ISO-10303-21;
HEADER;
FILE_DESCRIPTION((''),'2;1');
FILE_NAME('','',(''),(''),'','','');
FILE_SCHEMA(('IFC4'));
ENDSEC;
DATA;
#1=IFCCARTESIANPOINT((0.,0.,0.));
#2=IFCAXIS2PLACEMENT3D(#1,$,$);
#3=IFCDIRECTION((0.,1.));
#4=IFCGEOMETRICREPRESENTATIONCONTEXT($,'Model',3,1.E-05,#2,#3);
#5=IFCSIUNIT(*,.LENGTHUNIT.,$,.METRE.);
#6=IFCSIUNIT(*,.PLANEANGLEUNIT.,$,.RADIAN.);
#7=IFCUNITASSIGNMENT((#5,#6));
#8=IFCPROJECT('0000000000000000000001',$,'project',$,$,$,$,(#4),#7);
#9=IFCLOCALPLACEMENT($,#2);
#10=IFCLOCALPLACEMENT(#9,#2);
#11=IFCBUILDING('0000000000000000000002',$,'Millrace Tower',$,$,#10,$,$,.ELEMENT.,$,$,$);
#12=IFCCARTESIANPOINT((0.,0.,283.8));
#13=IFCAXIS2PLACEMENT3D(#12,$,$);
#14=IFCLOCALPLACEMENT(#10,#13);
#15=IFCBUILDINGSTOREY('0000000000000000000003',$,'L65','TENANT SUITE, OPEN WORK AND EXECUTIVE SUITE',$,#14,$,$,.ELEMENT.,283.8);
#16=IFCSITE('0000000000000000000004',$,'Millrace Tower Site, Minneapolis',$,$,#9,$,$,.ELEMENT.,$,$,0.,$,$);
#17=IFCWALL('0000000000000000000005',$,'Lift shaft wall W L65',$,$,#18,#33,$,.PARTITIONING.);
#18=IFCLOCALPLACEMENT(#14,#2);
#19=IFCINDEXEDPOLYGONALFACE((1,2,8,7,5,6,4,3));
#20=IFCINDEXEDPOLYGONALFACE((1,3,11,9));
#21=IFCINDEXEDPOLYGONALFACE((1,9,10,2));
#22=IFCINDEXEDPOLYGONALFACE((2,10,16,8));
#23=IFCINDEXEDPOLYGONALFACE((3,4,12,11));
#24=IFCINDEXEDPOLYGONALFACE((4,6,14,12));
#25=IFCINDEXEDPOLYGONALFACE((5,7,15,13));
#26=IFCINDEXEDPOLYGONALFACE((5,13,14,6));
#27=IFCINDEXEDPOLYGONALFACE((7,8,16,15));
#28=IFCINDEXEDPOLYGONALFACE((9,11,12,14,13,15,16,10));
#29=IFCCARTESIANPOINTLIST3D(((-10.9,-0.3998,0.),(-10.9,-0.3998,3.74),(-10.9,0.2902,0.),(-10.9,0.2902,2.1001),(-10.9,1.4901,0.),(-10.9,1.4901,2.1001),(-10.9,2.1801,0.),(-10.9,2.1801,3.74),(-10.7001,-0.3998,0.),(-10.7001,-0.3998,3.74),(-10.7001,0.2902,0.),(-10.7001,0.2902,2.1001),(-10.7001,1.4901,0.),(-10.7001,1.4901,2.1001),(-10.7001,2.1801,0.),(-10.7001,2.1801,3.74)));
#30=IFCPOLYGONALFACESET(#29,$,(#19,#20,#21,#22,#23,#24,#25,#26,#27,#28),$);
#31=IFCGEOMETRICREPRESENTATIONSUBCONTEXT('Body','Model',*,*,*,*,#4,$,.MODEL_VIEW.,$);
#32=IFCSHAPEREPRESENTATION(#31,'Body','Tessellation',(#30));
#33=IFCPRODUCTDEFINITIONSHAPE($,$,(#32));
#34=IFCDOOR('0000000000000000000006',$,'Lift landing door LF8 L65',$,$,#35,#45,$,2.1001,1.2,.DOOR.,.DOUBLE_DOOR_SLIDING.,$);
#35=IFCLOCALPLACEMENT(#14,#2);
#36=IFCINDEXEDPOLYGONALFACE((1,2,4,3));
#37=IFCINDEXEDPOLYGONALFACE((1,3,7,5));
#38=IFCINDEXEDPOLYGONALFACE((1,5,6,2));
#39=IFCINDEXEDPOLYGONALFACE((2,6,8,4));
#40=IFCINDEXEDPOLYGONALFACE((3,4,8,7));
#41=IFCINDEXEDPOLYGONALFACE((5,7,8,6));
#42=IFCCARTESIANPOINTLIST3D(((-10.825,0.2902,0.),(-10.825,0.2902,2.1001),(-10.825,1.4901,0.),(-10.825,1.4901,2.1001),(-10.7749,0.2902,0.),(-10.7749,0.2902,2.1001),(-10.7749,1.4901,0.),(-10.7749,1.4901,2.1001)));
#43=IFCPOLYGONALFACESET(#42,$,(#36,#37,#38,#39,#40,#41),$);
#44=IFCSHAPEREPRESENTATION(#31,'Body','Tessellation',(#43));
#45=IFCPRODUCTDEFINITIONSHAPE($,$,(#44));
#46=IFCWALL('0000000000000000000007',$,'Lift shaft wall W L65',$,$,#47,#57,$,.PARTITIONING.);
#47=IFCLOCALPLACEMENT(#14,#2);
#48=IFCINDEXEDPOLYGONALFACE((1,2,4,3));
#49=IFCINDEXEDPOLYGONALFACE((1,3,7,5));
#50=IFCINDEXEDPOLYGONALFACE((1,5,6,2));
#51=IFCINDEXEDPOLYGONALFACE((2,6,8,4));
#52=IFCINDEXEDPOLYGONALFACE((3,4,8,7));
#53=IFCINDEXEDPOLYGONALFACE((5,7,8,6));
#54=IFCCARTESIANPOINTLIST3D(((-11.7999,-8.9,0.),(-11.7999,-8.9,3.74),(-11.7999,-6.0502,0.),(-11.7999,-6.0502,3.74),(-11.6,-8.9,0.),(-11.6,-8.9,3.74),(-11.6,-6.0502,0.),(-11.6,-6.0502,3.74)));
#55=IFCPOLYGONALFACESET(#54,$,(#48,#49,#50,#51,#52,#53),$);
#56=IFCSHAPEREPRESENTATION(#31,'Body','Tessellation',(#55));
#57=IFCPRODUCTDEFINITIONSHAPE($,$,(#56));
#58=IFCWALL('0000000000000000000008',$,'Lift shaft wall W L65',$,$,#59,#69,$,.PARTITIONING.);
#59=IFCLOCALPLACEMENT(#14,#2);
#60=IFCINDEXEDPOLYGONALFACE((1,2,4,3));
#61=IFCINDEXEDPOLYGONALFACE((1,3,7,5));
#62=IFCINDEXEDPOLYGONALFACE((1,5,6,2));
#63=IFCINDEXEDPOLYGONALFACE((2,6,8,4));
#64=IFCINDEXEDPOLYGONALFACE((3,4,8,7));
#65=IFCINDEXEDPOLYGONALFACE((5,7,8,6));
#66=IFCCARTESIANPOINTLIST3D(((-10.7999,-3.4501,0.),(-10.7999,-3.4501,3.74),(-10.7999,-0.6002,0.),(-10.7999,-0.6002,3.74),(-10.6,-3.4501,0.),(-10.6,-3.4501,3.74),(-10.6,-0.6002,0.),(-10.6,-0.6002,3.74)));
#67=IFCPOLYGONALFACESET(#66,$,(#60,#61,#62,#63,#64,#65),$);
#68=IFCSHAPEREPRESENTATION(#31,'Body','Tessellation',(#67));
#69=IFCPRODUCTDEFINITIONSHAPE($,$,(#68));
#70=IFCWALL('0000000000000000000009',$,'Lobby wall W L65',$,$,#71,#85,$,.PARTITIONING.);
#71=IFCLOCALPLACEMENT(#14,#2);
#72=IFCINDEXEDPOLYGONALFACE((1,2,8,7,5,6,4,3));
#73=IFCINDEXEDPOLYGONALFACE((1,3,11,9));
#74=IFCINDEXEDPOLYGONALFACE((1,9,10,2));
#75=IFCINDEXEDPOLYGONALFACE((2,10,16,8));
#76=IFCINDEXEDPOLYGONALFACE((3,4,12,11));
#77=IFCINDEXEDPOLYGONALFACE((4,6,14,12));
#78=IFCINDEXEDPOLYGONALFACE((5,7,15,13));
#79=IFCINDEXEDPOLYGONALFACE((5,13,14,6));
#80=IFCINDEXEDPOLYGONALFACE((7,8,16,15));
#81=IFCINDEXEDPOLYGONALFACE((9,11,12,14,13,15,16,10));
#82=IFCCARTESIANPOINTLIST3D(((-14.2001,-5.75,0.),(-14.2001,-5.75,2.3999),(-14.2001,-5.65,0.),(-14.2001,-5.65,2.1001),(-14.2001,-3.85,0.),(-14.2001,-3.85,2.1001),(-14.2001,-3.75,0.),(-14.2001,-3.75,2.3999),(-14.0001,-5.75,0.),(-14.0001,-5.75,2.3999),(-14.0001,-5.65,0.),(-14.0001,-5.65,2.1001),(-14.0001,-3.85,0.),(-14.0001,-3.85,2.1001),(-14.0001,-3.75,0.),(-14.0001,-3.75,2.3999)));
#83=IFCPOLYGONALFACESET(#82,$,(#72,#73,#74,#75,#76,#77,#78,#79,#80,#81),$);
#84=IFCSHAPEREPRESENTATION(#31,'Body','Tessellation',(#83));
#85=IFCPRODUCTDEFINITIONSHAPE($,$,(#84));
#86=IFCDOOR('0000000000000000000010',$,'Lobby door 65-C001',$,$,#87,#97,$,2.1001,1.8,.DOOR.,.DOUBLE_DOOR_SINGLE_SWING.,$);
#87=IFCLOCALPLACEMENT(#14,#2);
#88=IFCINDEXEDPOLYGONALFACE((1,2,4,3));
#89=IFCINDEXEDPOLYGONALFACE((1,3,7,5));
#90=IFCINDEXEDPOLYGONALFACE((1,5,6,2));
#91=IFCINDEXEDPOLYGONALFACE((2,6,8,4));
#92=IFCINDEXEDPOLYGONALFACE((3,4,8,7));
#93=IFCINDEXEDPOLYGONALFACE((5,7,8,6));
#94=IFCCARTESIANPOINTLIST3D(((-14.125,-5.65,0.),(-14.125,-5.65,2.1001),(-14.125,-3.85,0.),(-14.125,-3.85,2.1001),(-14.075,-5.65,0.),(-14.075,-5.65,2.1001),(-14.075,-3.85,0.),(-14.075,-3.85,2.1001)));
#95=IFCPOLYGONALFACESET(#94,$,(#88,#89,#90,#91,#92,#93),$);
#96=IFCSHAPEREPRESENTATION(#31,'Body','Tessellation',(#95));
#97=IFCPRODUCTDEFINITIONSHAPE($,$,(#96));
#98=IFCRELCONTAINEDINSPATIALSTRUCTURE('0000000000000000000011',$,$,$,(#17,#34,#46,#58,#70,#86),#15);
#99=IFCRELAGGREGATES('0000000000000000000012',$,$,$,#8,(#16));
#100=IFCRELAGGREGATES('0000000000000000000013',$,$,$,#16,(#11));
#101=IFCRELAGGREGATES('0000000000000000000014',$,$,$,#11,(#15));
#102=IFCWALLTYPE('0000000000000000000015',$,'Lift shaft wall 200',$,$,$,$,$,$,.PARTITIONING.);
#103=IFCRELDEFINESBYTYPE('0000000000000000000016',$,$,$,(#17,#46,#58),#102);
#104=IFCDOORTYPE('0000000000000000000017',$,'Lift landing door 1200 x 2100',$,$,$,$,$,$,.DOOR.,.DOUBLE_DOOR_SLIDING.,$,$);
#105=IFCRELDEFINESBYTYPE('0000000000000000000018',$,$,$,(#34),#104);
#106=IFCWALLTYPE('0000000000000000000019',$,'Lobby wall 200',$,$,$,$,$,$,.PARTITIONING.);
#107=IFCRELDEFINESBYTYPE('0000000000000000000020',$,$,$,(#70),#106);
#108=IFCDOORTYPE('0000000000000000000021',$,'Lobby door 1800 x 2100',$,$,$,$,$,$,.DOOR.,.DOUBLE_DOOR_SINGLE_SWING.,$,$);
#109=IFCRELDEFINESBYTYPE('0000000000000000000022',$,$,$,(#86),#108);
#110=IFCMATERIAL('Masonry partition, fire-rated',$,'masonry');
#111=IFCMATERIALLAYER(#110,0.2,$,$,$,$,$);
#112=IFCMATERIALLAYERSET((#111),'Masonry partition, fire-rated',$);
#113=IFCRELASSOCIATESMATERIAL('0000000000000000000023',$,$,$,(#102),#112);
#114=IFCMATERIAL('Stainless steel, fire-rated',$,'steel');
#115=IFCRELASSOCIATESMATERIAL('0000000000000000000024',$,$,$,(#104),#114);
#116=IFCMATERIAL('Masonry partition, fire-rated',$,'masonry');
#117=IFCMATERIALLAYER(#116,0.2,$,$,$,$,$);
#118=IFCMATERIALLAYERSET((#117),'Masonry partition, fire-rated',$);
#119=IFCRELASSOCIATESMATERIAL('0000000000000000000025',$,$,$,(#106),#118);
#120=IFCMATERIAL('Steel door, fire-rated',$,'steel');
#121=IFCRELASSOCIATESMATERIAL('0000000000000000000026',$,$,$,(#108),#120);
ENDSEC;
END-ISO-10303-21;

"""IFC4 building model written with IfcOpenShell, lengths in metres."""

from ifc_helpers import new_model, si_unit, direction, frame, frame_2d, origin, place, context, subcontext, project, spatial, rectangle, extrude, material, layer, layer_set, type_object, element, fill, save


model = new_model("IFC4")

# Units and contexts
model_context = context("Model", 3, precision=1e-05, world=origin(), true_north=direction((0.0, 1.0)))
body_context = subcontext(model_context, "Body", "Model", "MODEL_VIEW")
ifc_project = project(units=[si_unit("LENGTHUNIT", "METRE"), si_unit("PLANEANGLEUNIT", "RADIAN")], contexts=[model_context])

# Site, building, storey
site_placement = place(None, origin())
site = spatial("IfcSite", under=ifc_project, at=site_placement, Name="Millrace Tower Site, Minneapolis", CompositionType="ELEMENT", RefElevation=0.0)
building_placement = place(site_placement, origin())
building = spatial("IfcBuilding", under=site, at=building_placement, Name="Millrace Tower", CompositionType="ELEMENT")
storey_placement = place(building_placement, frame((0.0, 0.0, 283.8)))
storey = spatial("IfcBuildingStorey", under=building, at=storey_placement, Name="L65", Description="TENANT SUITE, OPEN WORK AND EXECUTIVE SUITE", CompositionType="ELEMENT", Elevation=283.8)

# Shared definitions
ifc_material_1 = material(Name="Masonry partition, fire-rated", Category="masonry")
ifc_layer_1 = layer(ifc_material_1, 0.2)
ifc_layer_set_1 = layer_set([ifc_layer_1], Name="Masonry partition, fire-rated")
wall_type_1 = type_object("IfcWallType", Name="Lift shaft wall 200", PredefinedType="PARTITIONING", material=ifc_layer_set_1)
ifc_material_2 = material(Name="Stainless steel, fire-rated", Category="steel")
door_type_1 = type_object("IfcDoorType", Name="Lift landing door 1200 x 2100", OperationType="DOUBLE_DOOR_SLIDING", PredefinedType="DOOR", material=ifc_material_2)

# Wall, opening, door
wall_1_placement = place(storey_placement, frame((-10.8, -0.3999, 0.0), z_axis=(0.0, 0.0, 1.0), x_axis=(0.0, 1.0, 0.0)))
wall_1 = element("IfcWall", 1, at=wall_1_placement, inside=storey, type_object=wall_type_1, Name="Lift shaft wall W L65", PredefinedType="PARTITIONING", context=body_context, shape_type="SweptSolid", body=[
    extrude(rectangle(XDim=2.5798, YDim=0.2, at=frame_2d((1.29, 0.0))), origin(), (0.0, 0.0, 1.0), 3.74),
])
opening_1_placement = place(wall_1_placement, frame((0.6899, 0.0, 0.0)))
opening_1 = element("IfcOpeningElement", 2, at=opening_1_placement, cuts=wall_1, PredefinedType="OPENING", context=body_context, shape_type="SweptSolid", body=[
    extrude(rectangle(XDim=1.2, YDim=2.1001, at=frame_2d((0.6001, 1.05))), frame((0.0, 0.1099, 0.0), z_axis=(0.0, -1.0, 0.0), x_axis=(1.0, 0.0, 0.0)), (0.0, 0.0, 1.0), 0.22),
])
door_1_placement = place(opening_1_placement, origin())
door_1 = element("IfcDoor", 3, at=door_1_placement, inside=storey, type_object=door_type_1, Name="Lift landing door LF8 L65", OperationType="DOUBLE_DOOR_SLIDING", OverallHeight=2.1001, OverallWidth=1.2, PredefinedType="DOOR", context=body_context, shape_type="SweptSolid", body=[
    extrude(rectangle(XDim=1.2, YDim=2.1001, at=frame_2d((0.6001, 1.05))), frame((0.0, 0.0249, 0.0), z_axis=(0.0, -1.0, 0.0), x_axis=(1.0, 0.0, 0.0)), (0.0, 0.0, 1.0), 0.05),
])
fill(opening_1, door_1)

# Walls
for number, where, z_axis, x_axis, name in (
    (4, (-11.7, -8.8999, 0.0), (0.0, 0.0, 1.0), (0.0, 1.0, 0.0), "Lift shaft wall W L65"),
    (5, (-10.7, -3.45, 0.0), (0.0, 0.0, 1.0), (0.0, 1.0, 0.0), "Lift shaft wall W L65"),
):
    element("IfcWall", number, at=place(storey_placement, frame(where, z_axis=z_axis, x_axis=x_axis)), inside=storey, type_object=wall_type_1, Name=name, PredefinedType="PARTITIONING", context=body_context, shape_type="SweptSolid", body=[
        extrude(rectangle(XDim=2.8499, YDim=0.2, at=frame_2d((1.4248, 0.0))), origin(), (0.0, 0.0, 1.0), 3.74),
    ])

# Wall, opening, door
ifc_material_3 = material(Name="Masonry partition, fire-rated", Category="masonry")
ifc_layer_2 = layer(ifc_material_3, 0.2)
ifc_layer_set_2 = layer_set([ifc_layer_2], Name="Masonry partition, fire-rated")
wall_type_2 = type_object("IfcWallType", Name="Lobby wall 200", PredefinedType="PARTITIONING", material=ifc_layer_set_2)
wall_2_placement = place(storey_placement, frame((-14.1001, -5.75, 0.0), z_axis=(0.0, 0.0, 1.0), x_axis=(0.0, 1.0, 0.0)))
wall_2 = element("IfcWall", 6, at=wall_2_placement, inside=storey, type_object=wall_type_2, Name="Lobby wall W L65", PredefinedType="PARTITIONING", context=body_context, shape_type="SweptSolid", body=[
    extrude(rectangle(XDim=2.0, YDim=0.2, at=frame_2d((1.0, 0.0))), origin(), (0.0, 0.0, 1.0), 2.3999),
])
opening_2_placement = place(wall_2_placement, frame((0.1001, 0.0, 0.0)))
opening_2 = element("IfcOpeningElement", 7, at=opening_2_placement, cuts=wall_2, PredefinedType="OPENING", context=body_context, shape_type="SweptSolid", body=[
    extrude(rectangle(XDim=1.8, YDim=2.1001, at=frame_2d((0.8999, 1.05))), frame((0.0, 0.1099, 0.0), z_axis=(0.0, -1.0, 0.0), x_axis=(1.0, 0.0, 0.0)), (0.0, 0.0, 1.0), 0.22),
])
ifc_material_4 = material(Name="Steel door, fire-rated", Category="steel")
door_type_2 = type_object("IfcDoorType", Name="Lobby door 1800 x 2100", OperationType="DOUBLE_DOOR_SINGLE_SWING", PredefinedType="DOOR", material=ifc_material_4)
door_2_placement = place(opening_2_placement, origin())
door_2 = element("IfcDoor", 8, at=door_2_placement, inside=storey, type_object=door_type_2, Name="Lobby door 65-C001", OperationType="DOUBLE_DOOR_SINGLE_SWING", OverallHeight=2.1001, OverallWidth=1.8, PredefinedType="DOOR", context=body_context, shape_type="SweptSolid", body=[
    extrude(rectangle(XDim=1.8, YDim=2.1001, at=frame_2d((0.8999, 1.05))), frame((0.0, 0.0249, 0.0), z_axis=(0.0, -1.0, 0.0), x_axis=(1.0, 0.0, 0.0)), (0.0, 0.0, 1.0), 0.05),
])
fill(opening_2, door_2)

save(model, "model.ifc")
